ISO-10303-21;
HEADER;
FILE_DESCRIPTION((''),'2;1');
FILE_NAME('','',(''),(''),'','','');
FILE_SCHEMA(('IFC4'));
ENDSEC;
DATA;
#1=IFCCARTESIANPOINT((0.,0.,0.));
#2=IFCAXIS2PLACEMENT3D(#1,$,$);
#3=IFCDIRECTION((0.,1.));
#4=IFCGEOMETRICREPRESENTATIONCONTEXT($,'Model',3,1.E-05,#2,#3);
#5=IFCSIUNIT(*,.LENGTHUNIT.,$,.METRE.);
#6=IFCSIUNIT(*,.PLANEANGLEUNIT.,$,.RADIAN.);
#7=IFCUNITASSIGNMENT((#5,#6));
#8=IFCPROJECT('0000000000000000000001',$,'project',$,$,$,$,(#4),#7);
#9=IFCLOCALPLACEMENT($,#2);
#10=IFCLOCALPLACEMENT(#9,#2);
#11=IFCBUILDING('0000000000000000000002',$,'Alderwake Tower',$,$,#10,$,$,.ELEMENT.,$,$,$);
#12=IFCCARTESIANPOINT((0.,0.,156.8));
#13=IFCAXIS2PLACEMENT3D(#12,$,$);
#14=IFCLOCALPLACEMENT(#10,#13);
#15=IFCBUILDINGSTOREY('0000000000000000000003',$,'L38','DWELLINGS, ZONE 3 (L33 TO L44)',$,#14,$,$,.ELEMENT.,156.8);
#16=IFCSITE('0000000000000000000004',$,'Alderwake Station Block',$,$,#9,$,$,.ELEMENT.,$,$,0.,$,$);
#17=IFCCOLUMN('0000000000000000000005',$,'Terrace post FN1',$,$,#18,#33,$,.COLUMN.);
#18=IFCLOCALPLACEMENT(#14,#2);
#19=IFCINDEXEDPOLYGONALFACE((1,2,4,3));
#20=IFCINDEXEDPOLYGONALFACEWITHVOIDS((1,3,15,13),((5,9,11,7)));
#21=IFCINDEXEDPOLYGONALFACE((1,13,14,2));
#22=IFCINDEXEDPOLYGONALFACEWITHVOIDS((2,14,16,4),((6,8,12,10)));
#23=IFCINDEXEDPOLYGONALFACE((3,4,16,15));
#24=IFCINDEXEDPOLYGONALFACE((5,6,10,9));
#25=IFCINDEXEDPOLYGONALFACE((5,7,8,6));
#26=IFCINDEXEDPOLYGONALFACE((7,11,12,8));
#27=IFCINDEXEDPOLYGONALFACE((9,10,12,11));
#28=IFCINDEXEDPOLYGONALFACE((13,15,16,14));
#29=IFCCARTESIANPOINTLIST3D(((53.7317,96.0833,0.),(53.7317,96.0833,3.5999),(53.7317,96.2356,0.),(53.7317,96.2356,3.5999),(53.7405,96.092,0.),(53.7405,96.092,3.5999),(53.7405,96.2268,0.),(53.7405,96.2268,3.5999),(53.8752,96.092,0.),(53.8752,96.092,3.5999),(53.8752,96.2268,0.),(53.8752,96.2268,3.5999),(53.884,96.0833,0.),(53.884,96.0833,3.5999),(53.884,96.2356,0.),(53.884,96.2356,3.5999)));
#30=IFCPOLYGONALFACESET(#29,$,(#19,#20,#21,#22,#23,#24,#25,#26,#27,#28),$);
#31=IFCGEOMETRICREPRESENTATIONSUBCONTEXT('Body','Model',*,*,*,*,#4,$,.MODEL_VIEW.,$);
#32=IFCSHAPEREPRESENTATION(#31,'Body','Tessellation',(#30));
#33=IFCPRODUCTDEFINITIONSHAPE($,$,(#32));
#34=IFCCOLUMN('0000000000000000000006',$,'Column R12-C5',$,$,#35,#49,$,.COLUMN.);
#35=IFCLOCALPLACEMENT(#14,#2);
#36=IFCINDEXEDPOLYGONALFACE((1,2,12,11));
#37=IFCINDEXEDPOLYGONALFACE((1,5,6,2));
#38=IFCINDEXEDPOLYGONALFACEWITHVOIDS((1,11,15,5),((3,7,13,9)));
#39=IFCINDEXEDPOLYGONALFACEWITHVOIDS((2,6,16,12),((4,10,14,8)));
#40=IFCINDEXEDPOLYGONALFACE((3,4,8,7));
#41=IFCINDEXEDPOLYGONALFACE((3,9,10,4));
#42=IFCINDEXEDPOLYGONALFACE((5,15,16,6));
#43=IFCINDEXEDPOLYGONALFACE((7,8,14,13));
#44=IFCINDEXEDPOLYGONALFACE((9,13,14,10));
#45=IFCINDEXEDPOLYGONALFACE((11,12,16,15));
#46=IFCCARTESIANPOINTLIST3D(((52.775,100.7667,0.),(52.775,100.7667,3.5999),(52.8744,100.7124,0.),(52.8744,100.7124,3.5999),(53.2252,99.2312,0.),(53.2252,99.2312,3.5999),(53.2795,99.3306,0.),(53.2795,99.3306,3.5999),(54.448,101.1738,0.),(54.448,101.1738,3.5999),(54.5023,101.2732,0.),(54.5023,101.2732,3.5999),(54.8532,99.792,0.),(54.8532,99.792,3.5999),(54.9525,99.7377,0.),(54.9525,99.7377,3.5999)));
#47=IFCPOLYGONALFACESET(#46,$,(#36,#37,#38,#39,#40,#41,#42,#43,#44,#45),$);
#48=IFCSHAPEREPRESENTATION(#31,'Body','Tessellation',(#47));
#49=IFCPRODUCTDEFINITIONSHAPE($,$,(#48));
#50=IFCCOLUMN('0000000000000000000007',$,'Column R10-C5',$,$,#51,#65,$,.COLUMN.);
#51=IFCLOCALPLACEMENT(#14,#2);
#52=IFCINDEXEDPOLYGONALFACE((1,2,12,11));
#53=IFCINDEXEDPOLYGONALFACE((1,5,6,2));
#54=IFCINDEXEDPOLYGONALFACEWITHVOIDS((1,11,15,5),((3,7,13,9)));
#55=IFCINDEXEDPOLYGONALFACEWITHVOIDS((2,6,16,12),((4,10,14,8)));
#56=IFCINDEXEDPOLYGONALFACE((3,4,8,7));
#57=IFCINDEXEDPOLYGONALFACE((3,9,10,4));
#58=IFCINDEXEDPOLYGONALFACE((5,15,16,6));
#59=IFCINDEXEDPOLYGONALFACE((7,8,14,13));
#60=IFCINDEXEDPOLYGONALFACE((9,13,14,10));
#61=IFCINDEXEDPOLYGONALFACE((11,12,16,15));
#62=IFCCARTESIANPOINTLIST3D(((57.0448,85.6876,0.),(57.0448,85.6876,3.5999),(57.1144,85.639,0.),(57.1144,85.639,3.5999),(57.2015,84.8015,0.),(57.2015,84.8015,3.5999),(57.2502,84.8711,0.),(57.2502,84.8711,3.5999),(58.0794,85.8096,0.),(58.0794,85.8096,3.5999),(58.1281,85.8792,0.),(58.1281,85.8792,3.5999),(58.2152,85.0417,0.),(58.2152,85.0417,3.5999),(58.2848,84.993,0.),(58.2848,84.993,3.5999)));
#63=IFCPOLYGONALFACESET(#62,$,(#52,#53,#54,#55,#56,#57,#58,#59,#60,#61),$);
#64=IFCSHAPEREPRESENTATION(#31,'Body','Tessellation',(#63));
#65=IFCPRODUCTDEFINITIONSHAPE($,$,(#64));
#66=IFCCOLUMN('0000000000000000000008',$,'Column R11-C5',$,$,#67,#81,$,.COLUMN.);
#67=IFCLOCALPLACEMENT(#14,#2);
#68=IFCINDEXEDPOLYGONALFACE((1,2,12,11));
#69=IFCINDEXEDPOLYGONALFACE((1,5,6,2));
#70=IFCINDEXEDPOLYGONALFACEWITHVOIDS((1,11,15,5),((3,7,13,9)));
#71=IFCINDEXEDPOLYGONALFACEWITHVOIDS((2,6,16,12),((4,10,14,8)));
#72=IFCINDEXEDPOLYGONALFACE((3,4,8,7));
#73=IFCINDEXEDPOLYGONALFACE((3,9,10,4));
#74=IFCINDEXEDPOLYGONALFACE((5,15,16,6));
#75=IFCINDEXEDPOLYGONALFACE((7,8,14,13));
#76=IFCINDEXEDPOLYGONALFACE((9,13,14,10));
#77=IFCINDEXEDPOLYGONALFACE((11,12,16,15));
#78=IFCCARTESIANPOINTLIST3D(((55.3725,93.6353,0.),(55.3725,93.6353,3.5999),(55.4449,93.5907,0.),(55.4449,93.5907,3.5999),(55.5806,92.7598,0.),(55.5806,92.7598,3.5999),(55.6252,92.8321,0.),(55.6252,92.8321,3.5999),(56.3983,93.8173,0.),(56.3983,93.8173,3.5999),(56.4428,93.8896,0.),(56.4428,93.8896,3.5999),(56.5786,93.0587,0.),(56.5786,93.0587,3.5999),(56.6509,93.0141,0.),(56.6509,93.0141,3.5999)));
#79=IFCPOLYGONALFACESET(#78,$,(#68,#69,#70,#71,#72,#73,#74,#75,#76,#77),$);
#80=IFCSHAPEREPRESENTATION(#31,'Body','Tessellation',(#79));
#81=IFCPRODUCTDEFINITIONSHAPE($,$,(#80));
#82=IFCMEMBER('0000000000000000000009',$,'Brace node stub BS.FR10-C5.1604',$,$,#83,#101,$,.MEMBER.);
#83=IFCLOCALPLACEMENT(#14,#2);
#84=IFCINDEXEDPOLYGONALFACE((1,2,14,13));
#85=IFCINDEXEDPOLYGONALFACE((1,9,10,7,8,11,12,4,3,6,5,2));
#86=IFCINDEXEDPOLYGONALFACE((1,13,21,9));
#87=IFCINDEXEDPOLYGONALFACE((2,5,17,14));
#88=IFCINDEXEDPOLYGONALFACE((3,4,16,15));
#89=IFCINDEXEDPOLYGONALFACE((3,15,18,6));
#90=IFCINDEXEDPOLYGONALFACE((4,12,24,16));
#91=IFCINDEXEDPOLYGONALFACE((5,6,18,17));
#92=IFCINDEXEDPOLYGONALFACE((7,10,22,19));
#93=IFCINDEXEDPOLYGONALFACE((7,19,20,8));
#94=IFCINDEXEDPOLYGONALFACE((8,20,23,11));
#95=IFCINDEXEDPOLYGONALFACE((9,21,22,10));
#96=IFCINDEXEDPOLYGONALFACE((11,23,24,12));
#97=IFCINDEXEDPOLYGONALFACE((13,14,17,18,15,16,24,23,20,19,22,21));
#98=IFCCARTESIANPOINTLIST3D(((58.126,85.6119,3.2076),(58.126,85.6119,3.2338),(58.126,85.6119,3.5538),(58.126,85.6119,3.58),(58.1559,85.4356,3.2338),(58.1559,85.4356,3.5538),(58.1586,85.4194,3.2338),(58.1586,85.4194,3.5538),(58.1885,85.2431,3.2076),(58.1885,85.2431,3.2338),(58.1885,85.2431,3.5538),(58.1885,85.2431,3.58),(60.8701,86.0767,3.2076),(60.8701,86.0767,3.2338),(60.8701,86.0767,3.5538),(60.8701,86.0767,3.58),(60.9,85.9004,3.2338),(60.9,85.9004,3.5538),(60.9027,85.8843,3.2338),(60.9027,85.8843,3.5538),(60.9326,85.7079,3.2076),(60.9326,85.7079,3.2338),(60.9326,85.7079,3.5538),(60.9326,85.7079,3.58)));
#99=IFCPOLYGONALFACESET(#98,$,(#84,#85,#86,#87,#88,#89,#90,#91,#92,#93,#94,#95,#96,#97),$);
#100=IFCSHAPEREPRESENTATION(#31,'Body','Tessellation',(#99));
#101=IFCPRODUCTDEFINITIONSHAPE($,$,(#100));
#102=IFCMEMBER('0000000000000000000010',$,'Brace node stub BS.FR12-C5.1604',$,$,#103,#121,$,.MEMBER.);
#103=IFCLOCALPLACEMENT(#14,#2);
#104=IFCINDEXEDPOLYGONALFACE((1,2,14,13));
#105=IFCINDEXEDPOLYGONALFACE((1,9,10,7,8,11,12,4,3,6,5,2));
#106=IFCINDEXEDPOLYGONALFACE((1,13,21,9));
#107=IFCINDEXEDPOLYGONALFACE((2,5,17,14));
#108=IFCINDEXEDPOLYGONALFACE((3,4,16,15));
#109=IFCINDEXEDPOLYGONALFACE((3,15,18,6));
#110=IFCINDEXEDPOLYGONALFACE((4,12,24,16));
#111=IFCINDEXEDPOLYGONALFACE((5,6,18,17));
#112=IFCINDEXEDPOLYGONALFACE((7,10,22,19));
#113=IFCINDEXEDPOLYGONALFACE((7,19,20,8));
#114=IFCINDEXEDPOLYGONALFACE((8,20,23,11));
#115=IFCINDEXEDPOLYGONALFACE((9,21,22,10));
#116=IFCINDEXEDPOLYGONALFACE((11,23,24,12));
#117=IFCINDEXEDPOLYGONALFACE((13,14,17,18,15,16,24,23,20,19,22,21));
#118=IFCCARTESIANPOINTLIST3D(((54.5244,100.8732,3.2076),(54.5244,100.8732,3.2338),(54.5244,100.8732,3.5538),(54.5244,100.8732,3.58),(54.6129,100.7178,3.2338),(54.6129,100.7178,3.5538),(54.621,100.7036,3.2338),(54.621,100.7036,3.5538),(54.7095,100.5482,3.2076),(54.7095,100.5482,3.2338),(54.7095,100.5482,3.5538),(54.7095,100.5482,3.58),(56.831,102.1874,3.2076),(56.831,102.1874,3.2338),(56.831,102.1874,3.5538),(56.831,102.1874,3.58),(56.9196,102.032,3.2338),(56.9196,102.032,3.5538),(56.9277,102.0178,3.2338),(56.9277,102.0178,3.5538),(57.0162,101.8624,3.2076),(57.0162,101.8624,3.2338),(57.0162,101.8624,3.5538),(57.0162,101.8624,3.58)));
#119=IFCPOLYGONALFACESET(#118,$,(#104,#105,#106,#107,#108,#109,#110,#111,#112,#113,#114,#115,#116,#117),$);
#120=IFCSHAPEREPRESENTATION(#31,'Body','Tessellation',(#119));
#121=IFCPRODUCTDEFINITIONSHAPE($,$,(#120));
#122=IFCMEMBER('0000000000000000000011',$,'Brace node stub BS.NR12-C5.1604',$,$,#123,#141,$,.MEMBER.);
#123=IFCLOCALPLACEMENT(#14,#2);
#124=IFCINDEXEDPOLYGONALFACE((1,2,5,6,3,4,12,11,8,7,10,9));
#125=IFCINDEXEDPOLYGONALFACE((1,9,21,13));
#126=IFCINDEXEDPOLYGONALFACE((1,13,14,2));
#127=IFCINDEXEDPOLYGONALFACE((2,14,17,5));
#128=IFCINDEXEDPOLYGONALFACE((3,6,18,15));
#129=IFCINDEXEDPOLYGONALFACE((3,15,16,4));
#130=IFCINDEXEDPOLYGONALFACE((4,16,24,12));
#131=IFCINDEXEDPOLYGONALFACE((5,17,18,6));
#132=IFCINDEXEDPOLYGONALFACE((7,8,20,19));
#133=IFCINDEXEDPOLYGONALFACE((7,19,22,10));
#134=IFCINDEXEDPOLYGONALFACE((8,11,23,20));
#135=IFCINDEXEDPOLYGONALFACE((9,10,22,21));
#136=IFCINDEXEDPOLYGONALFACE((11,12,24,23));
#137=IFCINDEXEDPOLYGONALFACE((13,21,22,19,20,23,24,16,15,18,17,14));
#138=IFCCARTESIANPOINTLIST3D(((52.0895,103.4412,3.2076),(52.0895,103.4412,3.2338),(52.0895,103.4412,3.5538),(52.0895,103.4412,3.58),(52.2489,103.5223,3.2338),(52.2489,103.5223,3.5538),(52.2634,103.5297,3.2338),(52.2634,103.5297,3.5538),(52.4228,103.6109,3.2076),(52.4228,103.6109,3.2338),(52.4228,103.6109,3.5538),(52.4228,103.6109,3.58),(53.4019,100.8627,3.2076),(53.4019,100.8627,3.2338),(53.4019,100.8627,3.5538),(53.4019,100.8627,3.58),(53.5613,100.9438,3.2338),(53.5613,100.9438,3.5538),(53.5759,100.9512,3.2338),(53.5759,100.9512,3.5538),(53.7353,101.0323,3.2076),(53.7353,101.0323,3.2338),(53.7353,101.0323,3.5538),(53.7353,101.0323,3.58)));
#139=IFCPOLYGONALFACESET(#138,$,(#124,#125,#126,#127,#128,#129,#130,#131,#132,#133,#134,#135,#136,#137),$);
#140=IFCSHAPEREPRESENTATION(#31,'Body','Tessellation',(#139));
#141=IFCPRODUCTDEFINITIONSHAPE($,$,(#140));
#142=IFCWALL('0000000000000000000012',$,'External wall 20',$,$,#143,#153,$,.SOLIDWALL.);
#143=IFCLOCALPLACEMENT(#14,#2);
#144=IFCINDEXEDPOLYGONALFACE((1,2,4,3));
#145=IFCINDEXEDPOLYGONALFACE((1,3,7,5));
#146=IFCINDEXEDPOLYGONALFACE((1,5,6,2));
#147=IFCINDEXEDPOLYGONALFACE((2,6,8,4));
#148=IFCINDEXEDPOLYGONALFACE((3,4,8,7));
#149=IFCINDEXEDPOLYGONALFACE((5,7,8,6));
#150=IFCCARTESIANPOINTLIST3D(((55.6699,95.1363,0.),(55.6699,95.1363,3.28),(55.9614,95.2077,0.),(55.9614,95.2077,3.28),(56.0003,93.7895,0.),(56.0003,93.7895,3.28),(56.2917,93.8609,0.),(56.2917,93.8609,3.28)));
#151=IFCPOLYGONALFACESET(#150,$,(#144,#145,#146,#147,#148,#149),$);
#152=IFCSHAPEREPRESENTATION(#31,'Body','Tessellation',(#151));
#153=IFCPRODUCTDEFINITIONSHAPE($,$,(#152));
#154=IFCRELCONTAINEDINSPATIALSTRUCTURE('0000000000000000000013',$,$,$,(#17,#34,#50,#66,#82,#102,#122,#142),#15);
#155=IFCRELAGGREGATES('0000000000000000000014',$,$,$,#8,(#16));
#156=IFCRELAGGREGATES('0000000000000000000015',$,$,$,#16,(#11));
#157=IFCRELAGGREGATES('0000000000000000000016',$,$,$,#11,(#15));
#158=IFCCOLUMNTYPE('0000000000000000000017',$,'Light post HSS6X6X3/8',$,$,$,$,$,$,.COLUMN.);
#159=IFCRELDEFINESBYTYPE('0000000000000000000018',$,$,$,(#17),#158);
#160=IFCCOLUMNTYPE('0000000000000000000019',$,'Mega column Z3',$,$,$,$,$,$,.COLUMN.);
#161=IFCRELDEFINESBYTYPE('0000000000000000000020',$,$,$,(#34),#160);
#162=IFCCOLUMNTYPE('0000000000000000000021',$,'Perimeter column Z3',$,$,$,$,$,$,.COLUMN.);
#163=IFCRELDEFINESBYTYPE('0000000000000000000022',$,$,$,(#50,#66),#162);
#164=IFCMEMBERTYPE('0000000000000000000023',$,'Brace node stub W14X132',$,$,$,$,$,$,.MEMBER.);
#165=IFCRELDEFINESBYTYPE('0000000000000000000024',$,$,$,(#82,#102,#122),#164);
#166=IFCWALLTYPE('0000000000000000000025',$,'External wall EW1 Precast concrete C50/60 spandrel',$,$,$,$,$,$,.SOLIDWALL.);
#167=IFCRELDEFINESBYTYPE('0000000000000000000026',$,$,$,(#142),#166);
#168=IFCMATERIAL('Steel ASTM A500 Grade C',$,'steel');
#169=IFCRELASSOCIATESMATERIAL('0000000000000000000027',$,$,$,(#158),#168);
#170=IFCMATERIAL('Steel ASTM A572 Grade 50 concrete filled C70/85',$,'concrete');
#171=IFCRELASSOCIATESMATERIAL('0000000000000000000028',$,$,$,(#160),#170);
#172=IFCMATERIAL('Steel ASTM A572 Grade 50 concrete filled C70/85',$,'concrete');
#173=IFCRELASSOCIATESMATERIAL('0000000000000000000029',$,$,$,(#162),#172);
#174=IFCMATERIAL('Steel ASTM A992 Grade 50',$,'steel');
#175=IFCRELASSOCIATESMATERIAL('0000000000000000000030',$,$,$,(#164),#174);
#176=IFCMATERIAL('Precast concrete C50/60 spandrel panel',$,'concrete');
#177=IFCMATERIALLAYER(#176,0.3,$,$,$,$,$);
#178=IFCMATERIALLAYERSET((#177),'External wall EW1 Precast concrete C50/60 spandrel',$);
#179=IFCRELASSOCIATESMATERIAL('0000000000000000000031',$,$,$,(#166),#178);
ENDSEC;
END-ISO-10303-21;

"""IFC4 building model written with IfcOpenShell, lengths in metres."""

from ifc_helpers import new_model, si_unit, direction, frame, frame_2d, origin, origin_2d, place, context, subcontext, project, spatial, rectangle, hollow_rectangle, i_section, extrude, material, layer, layer_set, material_profile, profile_set, type_object, element, save


model = new_model("IFC4")

# Units and contexts
model_context = context("Model", 3, precision=1e-05, world=origin(), true_north=direction((0.0, 1.0)))
body_context = subcontext(model_context, "Body", "Model", "MODEL_VIEW")
ifc_project = project(units=[si_unit("LENGTHUNIT", "METRE"), si_unit("PLANEANGLEUNIT", "RADIAN")], contexts=[model_context])

# Site, building, storey
site_placement = place(None, origin())
site = spatial("IfcSite", under=ifc_project, at=site_placement, Name="Alderwake Station Block", CompositionType="ELEMENT", RefElevation=0.0)
building_placement = place(site_placement, origin())
building = spatial("IfcBuilding", under=site, at=building_placement, Name="Alderwake Tower", CompositionType="ELEMENT")
storey_placement = place(building_placement, frame((0.0, 0.0, 156.8)))
storey = spatial("IfcBuildingStorey", under=building, at=storey_placement, Name="L38", Description="DWELLINGS, ZONE 3 (L33 TO L44)", CompositionType="ELEMENT", Elevation=156.8)

# Columns
ifc_material_1 = material(Name="Steel ASTM A500 Grade C", Category="steel")
ifc_material_profile_1 = material_profile(ifc_material_1, hollow_rectangle(XDim=0.1523, YDim=0.1523, WallThickness=0.0088, at=origin_2d()), Name="HSS6X6X3/8")
ifc_profile_set_1 = profile_set([ifc_material_profile_1], Name="Steel ASTM A500 Grade C")
column_type_1 = type_object("IfcColumnType", Name="Light post HSS6X6X3/8", PredefinedType="COLUMN", material=ifc_profile_set_1)
column_1_placement = place(storey_placement, frame((53.8079, 96.1594, 0.0), z_axis=(0.0, 0.0, 1.0), x_axis=(1.0, 0.0, 0.0)))
element("IfcColumn", 1, at=column_1_placement, inside=storey, type_object=column_type_1, Name="Terrace post FN1", PredefinedType="COLUMN", context=body_context, shape_type="SweptSolid", body=[
    extrude(hollow_rectangle(XDim=0.1523, YDim=0.1523, WallThickness=0.0088, at=origin_2d()), origin(), (0.0, 0.0, 1.0), 3.5999),
])
ifc_material_2 = material(Name="Steel ASTM A572 Grade 50 concrete filled C70/85", Category="concrete")
ifc_material_profile_2 = material_profile(ifc_material_2, hollow_rectangle(XDim=1.6001, YDim=1.8, WallThickness=0.0801, at=origin_2d()), Name="BOX 1800X1600X80")
ifc_profile_set_2 = profile_set([ifc_material_profile_2], Name="Steel ASTM A572 Grade 50 concrete filled C70/85")
column_type_2 = type_object("IfcColumnType", Name="Mega column Z3", PredefinedType="COLUMN", material=ifc_profile_set_2)
column_2_placement = place(storey_placement, frame((53.8638, 100.2522, 0.0), z_axis=(0.0, 0.0, 1.0), x_axis=(-0.281377, 0.959597, 0.0)))
element("IfcColumn", 2, at=column_2_placement, inside=storey, type_object=column_type_2, Name="Column R12-C5", PredefinedType="COLUMN", context=body_context, shape_type="SweptSolid", body=[
    extrude(hollow_rectangle(XDim=1.6001, YDim=1.8, WallThickness=0.0801, at=origin_2d()), origin(), (0.0, 0.0, 1.0), 3.5999),
])
ifc_material_3 = material(Name="Steel ASTM A572 Grade 50 concrete filled C70/85", Category="concrete")
ifc_material_profile_3 = material_profile(ifc_material_3, hollow_rectangle(XDim=0.8999, YDim=1.1001, WallThickness=0.0601, at=origin_2d()), Name="BOX 1100X900X60")
ifc_profile_set_3 = profile_set([ifc_material_profile_3], Name="Steel ASTM A572 Grade 50 concrete filled C70/85")
column_type_3 = type_object("IfcColumnType", Name="Perimeter column Z3", PredefinedType="COLUMN", material=ifc_profile_set_3)
for number, where, z_axis, x_axis, name in (
    (3, (57.6648, 85.3403, 0.0), (0.0, 0.0, 1.0), (-0.174109, 0.984726, 0.0), "Column R10-C5"),
    (4, (56.0117, 93.3247, 0.0), (0.0, 0.0, 1.0), (-0.231222, 0.972901, 0.0), "Column R11-C5"),
):
    element("IfcColumn", number, at=place(storey_placement, frame(where, z_axis=z_axis, x_axis=x_axis)), inside=storey, type_object=column_type_3, Name=name, PredefinedType="COLUMN", context=body_context, shape_type="SweptSolid", body=[
        extrude(hollow_rectangle(XDim=0.8999, YDim=1.1001, WallThickness=0.0601, at=origin_2d()), origin(), (0.0, 0.0, 1.0), 3.5999),
    ])

# Members
ifc_material_4 = material(Name="Steel ASTM A992 Grade 50", Category="steel")
ifc_material_profile_4 = material_profile(ifc_material_4, i_section(OverallWidth=0.374, OverallDepth=0.3723, WebThickness=0.0164, FlangeThickness=0.0261, at=origin_2d()), Name="W14X132")
ifc_profile_set_4 = profile_set([ifc_material_profile_4], Name="Steel ASTM A992 Grade 50")
member_type = type_object("IfcMemberType", Name="Brace node stub W14X132", PredefinedType="MEMBER", material=ifc_profile_set_4)
member_1_placement = place(storey_placement, frame((58.1572, 85.4275, 3.3938), z_axis=(0.985954, 0.167016, 0.0), x_axis=(-0.167016, 0.985954, 0.0)))
element("IfcMember", 5, at=member_1_placement, inside=storey, type_object=member_type, Name="Brace node stub BS.FR10-C5.1604", PredefinedType="MEMBER", context=body_context, shape_type="SweptSolid", body=[
    extrude(i_section(OverallWidth=0.374, OverallDepth=0.3723, WebThickness=0.0164, FlangeThickness=0.0261, at=origin_2d()), origin(), (0.0, 0.0, 1.0), 2.7832),
])
member_2_placement = place(storey_placement, frame((54.6169, 100.7107, 3.3938), z_axis=(0.868871, 0.495039, 0.0), x_axis=(-0.495039, 0.868871, 0.0)))
element("IfcMember", 6, at=member_2_placement, inside=storey, type_object=member_type, Name="Brace node stub BS.FR12-C5.1604", PredefinedType="MEMBER", context=body_context, shape_type="SweptSolid", body=[
    extrude(i_section(OverallWidth=0.374, OverallDepth=0.3723, WebThickness=0.0164, FlangeThickness=0.0261, at=origin_2d()), origin(), (0.0, 0.0, 1.0), 2.6548),
])
member_3_placement = place(storey_placement, frame((53.5686, 100.9475, 3.3938), z_axis=(-0.453615, 0.891198, 0.0), x_axis=(-0.891198, -0.453615, 0.0)))
element("IfcMember", 7, at=member_3_placement, inside=storey, type_object=member_type, Name="Brace node stub BS.NR12-C5.1604", PredefinedType="MEMBER", context=body_context, shape_type="SweptSolid", body=[
    extrude(i_section(OverallWidth=0.374, OverallDepth=0.3723, WebThickness=0.0164, FlangeThickness=0.0261, at=origin_2d()), origin(), (0.0, 0.0, 1.0), 2.8933),
])

# Shared definitions
ifc_material_5 = material(Name="Precast concrete C50/60 spandrel panel", Category="concrete")
ifc_layer_1 = layer(ifc_material_5, 0.3)
ifc_layer_set_1 = layer_set([ifc_layer_1], Name="External wall EW1 Precast concrete C50/60 spandrel")
wall_type_1 = type_object("IfcWallType", Name="External wall EW1 Precast concrete C50/60 spandrel", PredefinedType="SOLIDWALL", material=ifc_layer_set_1)

# Wall
wall_1_placement = place(storey_placement, frame((56.146, 93.8252, 0.0), z_axis=(0.0, 0.0, 1.0), x_axis=(-0.238225, 0.97121, 0.0)))
element("IfcWall", 8, at=wall_1_placement, inside=storey, type_object=wall_type_1, Name="External wall 20", PredefinedType="SOLIDWALL", context=body_context, shape_type="SweptSolid", body=[
    extrude(rectangle(XDim=1.3867, YDim=0.3, at=frame_2d((0.6934, 0.0))), origin(), (0.0, 0.0, 1.0), 3.28),
])

save(model, "model.ifc")
